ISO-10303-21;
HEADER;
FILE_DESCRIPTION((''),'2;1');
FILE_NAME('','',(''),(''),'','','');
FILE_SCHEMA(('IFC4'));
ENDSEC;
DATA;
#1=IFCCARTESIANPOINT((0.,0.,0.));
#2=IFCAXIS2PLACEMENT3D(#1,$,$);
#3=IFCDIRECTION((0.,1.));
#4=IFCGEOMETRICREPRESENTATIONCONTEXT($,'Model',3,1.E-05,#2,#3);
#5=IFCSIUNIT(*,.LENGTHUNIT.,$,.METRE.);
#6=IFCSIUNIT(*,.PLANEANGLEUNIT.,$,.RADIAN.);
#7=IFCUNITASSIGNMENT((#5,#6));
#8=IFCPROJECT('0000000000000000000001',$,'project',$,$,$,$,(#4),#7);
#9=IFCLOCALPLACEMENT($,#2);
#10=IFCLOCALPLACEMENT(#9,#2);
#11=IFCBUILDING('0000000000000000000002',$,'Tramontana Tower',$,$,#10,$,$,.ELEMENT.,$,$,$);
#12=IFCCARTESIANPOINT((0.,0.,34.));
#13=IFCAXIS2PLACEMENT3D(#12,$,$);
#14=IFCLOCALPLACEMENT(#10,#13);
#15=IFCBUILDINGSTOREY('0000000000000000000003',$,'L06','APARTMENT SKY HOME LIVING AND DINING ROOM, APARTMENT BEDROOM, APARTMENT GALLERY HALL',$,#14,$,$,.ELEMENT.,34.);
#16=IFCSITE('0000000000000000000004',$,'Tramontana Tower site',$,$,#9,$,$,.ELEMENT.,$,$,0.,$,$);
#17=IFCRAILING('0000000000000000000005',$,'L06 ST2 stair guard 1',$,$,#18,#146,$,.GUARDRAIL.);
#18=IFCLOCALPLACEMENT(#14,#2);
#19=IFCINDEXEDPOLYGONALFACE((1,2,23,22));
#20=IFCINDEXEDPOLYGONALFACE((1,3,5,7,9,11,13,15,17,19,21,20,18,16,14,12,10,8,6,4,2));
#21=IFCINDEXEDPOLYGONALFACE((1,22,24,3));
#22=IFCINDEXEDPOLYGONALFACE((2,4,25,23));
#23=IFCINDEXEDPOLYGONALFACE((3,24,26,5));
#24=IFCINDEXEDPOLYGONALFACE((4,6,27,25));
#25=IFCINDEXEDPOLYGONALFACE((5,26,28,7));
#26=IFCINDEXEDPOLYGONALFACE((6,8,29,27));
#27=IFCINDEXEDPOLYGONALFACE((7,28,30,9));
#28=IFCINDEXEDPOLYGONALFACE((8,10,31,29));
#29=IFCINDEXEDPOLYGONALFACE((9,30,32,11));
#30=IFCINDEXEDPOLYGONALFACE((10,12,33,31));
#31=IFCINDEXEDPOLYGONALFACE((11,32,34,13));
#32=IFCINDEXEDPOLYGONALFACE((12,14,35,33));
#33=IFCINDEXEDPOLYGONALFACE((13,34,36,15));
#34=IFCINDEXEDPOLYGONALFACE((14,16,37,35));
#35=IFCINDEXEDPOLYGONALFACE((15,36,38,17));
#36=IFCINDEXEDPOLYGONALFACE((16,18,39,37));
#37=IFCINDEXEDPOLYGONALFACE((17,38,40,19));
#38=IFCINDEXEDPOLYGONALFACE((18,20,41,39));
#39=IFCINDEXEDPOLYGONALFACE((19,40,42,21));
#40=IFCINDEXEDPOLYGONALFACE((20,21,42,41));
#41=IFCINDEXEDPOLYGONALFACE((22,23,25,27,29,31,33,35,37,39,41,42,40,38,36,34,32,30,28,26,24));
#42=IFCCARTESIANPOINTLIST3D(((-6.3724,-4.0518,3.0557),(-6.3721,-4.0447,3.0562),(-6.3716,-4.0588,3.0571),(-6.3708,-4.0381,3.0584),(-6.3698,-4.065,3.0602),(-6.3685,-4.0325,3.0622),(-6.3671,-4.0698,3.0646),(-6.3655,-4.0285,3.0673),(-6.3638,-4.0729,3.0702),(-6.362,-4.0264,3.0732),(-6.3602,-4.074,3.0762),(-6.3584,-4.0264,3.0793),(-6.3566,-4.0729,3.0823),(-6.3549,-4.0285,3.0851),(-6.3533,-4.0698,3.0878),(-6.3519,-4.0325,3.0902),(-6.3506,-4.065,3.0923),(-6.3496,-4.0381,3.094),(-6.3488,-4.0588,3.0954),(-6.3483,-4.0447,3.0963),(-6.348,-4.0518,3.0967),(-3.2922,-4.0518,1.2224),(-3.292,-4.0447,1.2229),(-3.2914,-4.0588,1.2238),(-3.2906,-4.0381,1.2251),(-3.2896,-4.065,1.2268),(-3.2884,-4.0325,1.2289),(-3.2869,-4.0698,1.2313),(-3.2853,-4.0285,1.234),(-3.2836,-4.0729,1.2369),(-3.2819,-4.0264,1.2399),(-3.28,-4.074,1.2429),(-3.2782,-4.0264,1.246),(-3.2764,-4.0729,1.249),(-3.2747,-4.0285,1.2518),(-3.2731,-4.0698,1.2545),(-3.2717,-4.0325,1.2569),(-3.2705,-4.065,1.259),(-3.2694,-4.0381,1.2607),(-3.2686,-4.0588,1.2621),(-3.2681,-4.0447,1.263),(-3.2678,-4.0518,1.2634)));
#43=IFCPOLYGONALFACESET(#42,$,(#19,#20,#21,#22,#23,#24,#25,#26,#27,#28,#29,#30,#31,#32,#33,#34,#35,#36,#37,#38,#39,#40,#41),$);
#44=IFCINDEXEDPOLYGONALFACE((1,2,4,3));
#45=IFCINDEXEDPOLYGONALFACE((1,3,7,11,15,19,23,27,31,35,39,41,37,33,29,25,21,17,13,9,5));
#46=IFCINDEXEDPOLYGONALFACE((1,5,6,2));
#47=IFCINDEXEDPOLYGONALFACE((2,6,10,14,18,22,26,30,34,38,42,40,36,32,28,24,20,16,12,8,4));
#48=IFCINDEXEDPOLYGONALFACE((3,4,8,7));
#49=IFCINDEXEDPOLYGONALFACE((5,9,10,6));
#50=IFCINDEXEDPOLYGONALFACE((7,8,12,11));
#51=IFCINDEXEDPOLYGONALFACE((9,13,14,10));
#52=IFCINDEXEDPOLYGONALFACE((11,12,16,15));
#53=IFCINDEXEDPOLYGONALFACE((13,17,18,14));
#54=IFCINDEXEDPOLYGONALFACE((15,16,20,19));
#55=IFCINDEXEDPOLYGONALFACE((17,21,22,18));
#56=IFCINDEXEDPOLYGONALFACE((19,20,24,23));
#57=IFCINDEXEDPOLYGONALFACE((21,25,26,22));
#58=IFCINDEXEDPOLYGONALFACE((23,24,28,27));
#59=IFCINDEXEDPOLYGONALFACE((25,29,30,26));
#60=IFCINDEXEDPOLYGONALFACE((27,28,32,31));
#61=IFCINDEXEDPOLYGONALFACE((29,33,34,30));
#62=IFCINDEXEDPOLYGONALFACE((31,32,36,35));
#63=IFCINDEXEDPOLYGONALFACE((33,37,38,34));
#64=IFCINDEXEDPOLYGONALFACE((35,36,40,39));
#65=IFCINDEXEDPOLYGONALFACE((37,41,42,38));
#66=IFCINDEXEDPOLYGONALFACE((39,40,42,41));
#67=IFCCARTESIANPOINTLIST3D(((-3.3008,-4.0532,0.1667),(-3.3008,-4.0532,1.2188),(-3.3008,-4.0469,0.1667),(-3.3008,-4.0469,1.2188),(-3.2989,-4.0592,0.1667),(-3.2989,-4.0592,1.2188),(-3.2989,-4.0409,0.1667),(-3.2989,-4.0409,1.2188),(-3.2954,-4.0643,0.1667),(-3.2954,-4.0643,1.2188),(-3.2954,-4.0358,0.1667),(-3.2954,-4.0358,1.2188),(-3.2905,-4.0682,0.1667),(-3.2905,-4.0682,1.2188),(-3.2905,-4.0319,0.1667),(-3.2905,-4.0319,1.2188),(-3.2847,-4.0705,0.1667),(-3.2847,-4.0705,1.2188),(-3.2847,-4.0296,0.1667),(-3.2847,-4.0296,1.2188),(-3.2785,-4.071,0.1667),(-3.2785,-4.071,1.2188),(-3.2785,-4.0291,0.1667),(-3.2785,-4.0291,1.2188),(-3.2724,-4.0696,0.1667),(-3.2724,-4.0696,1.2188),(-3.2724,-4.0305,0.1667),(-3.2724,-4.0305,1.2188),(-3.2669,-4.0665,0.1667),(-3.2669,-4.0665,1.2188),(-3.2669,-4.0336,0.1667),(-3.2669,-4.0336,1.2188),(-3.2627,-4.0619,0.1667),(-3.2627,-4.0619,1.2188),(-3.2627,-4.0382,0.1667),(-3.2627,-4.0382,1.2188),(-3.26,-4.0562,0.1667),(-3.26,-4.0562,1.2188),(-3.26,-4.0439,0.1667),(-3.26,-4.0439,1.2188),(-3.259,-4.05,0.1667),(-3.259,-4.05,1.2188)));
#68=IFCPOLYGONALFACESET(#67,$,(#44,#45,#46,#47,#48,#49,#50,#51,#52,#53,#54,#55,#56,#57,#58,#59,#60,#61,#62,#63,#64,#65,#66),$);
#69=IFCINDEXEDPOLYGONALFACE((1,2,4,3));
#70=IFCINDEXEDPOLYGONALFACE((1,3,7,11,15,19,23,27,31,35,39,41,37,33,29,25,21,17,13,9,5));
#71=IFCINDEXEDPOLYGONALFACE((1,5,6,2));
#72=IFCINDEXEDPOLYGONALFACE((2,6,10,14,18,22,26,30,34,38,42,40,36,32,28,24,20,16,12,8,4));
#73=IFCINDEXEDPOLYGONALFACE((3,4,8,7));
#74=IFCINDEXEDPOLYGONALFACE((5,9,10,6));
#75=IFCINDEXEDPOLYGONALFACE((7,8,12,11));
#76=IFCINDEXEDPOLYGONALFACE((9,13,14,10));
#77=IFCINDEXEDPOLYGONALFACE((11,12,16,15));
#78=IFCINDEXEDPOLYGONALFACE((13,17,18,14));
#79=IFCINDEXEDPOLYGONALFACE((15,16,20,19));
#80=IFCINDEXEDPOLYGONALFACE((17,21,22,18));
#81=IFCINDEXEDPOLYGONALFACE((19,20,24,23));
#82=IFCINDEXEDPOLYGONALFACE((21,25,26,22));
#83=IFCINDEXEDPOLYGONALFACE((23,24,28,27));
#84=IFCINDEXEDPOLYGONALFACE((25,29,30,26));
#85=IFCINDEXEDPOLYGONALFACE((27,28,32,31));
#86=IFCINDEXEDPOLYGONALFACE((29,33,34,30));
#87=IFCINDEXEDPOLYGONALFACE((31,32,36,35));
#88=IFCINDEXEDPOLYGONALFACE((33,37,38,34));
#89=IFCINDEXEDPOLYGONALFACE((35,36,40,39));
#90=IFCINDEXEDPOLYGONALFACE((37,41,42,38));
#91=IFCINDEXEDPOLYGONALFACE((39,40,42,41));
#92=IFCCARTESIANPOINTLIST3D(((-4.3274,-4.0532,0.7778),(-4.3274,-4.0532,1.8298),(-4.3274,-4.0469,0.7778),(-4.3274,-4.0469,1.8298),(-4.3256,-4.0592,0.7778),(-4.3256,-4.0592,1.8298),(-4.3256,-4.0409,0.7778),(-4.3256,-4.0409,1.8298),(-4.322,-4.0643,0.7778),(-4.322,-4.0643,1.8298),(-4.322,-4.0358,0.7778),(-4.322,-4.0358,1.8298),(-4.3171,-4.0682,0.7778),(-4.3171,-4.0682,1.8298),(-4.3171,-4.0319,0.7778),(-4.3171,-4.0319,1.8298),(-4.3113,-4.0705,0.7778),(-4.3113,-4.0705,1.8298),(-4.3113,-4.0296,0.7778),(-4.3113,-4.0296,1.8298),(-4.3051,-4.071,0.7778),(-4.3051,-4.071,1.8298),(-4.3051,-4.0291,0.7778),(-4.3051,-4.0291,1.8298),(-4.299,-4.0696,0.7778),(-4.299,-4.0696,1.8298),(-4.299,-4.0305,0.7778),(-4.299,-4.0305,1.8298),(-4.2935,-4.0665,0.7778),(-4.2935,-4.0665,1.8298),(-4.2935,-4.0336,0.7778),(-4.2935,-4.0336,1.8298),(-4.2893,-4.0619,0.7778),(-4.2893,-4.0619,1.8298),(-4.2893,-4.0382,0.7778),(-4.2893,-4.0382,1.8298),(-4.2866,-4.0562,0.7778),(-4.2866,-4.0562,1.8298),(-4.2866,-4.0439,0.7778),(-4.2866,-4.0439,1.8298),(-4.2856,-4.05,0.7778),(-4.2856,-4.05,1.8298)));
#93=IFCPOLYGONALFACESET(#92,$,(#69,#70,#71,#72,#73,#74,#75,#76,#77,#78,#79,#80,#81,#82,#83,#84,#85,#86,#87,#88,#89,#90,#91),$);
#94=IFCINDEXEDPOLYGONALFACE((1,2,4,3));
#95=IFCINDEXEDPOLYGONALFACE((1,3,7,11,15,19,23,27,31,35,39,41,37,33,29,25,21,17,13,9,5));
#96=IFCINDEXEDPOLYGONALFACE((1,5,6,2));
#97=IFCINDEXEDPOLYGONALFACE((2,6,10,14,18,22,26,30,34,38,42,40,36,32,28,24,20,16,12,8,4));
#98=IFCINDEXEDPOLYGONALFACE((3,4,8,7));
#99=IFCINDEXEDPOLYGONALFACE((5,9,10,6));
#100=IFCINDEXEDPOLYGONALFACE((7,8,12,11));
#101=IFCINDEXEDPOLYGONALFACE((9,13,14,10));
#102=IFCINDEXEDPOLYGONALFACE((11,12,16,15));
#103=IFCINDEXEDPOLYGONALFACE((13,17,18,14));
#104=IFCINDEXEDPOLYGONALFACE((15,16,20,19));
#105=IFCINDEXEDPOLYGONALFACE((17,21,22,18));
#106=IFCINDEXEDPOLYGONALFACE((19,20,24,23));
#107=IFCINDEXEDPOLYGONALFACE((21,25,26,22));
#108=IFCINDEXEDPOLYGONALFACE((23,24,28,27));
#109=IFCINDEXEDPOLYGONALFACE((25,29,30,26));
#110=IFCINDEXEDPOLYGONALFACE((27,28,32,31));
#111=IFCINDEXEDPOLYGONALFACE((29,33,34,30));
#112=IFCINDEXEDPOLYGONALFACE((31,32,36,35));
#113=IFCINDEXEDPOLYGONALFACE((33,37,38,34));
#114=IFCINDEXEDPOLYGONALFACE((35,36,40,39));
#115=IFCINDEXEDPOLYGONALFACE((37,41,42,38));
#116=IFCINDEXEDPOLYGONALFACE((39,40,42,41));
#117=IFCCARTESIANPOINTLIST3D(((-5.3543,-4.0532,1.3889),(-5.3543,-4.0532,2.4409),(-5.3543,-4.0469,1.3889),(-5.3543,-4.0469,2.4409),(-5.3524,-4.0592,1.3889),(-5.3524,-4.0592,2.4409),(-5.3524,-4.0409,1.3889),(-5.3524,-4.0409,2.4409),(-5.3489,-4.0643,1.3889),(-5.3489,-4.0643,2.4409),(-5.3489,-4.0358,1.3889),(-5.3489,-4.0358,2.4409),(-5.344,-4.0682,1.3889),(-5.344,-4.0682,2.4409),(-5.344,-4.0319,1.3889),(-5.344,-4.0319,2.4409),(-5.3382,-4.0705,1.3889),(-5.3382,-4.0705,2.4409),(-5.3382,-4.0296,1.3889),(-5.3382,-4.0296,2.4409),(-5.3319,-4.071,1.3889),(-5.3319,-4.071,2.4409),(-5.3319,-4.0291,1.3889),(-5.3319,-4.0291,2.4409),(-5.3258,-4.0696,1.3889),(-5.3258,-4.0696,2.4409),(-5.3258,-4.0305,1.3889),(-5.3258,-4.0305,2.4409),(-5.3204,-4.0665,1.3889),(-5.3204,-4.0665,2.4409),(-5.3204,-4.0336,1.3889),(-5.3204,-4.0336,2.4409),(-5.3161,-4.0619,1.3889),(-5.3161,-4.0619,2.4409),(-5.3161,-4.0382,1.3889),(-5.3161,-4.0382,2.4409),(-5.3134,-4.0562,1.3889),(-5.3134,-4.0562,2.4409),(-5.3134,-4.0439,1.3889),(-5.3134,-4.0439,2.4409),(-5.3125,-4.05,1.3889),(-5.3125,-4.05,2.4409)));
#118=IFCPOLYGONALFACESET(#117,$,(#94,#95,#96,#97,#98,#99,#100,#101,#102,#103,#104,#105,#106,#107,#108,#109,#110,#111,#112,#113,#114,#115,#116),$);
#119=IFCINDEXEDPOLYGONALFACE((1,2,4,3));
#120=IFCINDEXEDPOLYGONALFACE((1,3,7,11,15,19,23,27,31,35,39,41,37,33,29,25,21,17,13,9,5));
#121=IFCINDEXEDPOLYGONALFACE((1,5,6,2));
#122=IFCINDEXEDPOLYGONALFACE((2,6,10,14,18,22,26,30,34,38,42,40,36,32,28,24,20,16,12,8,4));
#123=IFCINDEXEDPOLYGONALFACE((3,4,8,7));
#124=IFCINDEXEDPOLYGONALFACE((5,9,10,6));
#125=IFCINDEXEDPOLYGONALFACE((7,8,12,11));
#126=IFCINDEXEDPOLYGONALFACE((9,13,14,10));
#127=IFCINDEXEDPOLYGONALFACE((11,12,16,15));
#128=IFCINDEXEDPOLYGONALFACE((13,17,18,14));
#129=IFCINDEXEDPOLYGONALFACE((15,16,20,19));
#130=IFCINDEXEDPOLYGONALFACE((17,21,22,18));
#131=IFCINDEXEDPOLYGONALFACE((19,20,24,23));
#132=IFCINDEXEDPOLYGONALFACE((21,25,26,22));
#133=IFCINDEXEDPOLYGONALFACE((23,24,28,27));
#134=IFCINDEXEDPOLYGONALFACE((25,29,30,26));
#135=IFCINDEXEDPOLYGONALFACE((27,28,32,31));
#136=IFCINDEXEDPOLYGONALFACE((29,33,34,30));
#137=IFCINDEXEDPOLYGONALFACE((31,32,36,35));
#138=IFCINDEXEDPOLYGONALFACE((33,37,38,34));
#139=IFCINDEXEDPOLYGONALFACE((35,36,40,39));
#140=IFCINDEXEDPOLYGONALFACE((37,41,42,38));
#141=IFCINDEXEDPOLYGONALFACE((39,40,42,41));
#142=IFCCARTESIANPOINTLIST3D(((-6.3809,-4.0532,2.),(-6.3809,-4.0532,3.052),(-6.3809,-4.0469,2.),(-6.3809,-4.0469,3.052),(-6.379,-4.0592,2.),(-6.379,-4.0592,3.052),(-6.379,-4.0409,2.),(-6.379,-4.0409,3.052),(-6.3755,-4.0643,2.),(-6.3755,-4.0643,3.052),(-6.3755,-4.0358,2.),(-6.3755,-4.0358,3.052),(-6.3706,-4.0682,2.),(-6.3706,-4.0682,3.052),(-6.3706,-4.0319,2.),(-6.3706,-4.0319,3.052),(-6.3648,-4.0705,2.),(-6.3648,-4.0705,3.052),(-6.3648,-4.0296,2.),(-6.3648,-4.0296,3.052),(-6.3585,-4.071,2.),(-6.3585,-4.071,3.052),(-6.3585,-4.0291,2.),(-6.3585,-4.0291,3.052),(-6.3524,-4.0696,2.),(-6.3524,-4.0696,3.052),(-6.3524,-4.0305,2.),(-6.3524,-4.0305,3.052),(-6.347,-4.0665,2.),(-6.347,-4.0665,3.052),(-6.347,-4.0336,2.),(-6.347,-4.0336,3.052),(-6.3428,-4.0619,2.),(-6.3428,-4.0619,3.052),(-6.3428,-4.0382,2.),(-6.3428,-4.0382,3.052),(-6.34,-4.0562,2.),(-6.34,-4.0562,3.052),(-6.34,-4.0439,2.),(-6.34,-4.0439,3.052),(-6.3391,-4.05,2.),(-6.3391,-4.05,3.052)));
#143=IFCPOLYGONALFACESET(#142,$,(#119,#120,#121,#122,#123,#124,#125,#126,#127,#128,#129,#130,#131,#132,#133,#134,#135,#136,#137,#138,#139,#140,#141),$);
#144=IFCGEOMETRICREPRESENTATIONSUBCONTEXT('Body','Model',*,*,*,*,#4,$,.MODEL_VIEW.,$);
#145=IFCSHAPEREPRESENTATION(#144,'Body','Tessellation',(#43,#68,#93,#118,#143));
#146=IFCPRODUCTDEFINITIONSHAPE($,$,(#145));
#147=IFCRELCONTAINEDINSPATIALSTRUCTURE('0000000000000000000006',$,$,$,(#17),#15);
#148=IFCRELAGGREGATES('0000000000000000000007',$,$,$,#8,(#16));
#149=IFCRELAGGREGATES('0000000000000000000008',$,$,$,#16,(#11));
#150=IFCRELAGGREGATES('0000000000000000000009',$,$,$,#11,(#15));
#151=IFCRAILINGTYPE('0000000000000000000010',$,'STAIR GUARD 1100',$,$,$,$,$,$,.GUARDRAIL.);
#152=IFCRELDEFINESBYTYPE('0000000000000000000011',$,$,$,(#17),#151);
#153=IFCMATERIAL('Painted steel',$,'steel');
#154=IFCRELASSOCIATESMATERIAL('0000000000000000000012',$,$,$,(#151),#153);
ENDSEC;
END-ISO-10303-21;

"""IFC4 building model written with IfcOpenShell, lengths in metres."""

from ifc_helpers import new_model, si_unit, direction, frame, origin, origin_2d, place, context, subcontext, project, spatial, circle, extrude, material, type_object, element, save


model = new_model("IFC4")

# Units and contexts
model_context = context("Model", 3, precision=1e-05, world=origin(), true_north=direction((0.0, 1.0)))
body_context = subcontext(model_context, "Body", "Model", "MODEL_VIEW")
ifc_project = project(units=[si_unit("LENGTHUNIT", "METRE"), si_unit("PLANEANGLEUNIT", "RADIAN")], contexts=[model_context])

# Site, building, storey
site_placement = place(None, origin())
site = spatial("IfcSite", under=ifc_project, at=site_placement, Name="Tramontana Tower site", CompositionType="ELEMENT", RefElevation=0.0)
building_placement = place(site_placement, origin())
building = spatial("IfcBuilding", under=site, at=building_placement, Name="Tramontana Tower", CompositionType="ELEMENT")
storey_placement = place(building_placement, frame((0.0, 0.0, 34.0)))
storey = spatial("IfcBuildingStorey", under=building, at=storey_placement, Name="L06", Description="APARTMENT SKY HOME LIVING AND DINING ROOM, APARTMENT BEDROOM, APARTMENT GALLERY HALL", CompositionType="ELEMENT", Elevation=34.0)

# Railing
ifc_material_1 = material(Name="Painted steel", Category="steel")
railing_type_1 = type_object("IfcRailingType", Name="STAIR GUARD 1100", PredefinedType="GUARDRAIL", material=ifc_material_1)
railing_1_placement = place(storey_placement, frame((-3.28, -4.05, 0.1667)))
element("IfcRailing", 1, at=railing_1_placement, inside=storey, type_object=railing_type_1, Name="L06 ST2 stair guard 1", PredefinedType="GUARDRAIL", context=body_context, shape_type="SweptSolid", body=[
    extrude(circle(Radius=0.0239, at=origin_2d()), frame((0.0, 0.0, 1.0762), z_axis=(-0.859309, 0.0, 0.511458), x_axis=(0.0, -1.0, 0.0)), (0.0, 0.0, 1.0), 3.5845),
    extrude(circle(Radius=0.021, at=origin_2d()), origin(), (0.0, 0.0, 1.0), 1.052),
    extrude(circle(Radius=0.021, at=origin_2d()), frame((-1.0266, 0.0, 0.6111)), (0.0, 0.0, 1.0), 1.052),
    extrude(circle(Radius=0.021, at=origin_2d()), frame((-2.0535, 0.0, 1.2222)), (0.0, 0.0, 1.0), 1.052),
    extrude(circle(Radius=0.021, at=origin_2d()), frame((-3.0801, 0.0, 1.8333)), (0.0, 0.0, 1.0), 1.052),
])

save(model, "model.ifc")
